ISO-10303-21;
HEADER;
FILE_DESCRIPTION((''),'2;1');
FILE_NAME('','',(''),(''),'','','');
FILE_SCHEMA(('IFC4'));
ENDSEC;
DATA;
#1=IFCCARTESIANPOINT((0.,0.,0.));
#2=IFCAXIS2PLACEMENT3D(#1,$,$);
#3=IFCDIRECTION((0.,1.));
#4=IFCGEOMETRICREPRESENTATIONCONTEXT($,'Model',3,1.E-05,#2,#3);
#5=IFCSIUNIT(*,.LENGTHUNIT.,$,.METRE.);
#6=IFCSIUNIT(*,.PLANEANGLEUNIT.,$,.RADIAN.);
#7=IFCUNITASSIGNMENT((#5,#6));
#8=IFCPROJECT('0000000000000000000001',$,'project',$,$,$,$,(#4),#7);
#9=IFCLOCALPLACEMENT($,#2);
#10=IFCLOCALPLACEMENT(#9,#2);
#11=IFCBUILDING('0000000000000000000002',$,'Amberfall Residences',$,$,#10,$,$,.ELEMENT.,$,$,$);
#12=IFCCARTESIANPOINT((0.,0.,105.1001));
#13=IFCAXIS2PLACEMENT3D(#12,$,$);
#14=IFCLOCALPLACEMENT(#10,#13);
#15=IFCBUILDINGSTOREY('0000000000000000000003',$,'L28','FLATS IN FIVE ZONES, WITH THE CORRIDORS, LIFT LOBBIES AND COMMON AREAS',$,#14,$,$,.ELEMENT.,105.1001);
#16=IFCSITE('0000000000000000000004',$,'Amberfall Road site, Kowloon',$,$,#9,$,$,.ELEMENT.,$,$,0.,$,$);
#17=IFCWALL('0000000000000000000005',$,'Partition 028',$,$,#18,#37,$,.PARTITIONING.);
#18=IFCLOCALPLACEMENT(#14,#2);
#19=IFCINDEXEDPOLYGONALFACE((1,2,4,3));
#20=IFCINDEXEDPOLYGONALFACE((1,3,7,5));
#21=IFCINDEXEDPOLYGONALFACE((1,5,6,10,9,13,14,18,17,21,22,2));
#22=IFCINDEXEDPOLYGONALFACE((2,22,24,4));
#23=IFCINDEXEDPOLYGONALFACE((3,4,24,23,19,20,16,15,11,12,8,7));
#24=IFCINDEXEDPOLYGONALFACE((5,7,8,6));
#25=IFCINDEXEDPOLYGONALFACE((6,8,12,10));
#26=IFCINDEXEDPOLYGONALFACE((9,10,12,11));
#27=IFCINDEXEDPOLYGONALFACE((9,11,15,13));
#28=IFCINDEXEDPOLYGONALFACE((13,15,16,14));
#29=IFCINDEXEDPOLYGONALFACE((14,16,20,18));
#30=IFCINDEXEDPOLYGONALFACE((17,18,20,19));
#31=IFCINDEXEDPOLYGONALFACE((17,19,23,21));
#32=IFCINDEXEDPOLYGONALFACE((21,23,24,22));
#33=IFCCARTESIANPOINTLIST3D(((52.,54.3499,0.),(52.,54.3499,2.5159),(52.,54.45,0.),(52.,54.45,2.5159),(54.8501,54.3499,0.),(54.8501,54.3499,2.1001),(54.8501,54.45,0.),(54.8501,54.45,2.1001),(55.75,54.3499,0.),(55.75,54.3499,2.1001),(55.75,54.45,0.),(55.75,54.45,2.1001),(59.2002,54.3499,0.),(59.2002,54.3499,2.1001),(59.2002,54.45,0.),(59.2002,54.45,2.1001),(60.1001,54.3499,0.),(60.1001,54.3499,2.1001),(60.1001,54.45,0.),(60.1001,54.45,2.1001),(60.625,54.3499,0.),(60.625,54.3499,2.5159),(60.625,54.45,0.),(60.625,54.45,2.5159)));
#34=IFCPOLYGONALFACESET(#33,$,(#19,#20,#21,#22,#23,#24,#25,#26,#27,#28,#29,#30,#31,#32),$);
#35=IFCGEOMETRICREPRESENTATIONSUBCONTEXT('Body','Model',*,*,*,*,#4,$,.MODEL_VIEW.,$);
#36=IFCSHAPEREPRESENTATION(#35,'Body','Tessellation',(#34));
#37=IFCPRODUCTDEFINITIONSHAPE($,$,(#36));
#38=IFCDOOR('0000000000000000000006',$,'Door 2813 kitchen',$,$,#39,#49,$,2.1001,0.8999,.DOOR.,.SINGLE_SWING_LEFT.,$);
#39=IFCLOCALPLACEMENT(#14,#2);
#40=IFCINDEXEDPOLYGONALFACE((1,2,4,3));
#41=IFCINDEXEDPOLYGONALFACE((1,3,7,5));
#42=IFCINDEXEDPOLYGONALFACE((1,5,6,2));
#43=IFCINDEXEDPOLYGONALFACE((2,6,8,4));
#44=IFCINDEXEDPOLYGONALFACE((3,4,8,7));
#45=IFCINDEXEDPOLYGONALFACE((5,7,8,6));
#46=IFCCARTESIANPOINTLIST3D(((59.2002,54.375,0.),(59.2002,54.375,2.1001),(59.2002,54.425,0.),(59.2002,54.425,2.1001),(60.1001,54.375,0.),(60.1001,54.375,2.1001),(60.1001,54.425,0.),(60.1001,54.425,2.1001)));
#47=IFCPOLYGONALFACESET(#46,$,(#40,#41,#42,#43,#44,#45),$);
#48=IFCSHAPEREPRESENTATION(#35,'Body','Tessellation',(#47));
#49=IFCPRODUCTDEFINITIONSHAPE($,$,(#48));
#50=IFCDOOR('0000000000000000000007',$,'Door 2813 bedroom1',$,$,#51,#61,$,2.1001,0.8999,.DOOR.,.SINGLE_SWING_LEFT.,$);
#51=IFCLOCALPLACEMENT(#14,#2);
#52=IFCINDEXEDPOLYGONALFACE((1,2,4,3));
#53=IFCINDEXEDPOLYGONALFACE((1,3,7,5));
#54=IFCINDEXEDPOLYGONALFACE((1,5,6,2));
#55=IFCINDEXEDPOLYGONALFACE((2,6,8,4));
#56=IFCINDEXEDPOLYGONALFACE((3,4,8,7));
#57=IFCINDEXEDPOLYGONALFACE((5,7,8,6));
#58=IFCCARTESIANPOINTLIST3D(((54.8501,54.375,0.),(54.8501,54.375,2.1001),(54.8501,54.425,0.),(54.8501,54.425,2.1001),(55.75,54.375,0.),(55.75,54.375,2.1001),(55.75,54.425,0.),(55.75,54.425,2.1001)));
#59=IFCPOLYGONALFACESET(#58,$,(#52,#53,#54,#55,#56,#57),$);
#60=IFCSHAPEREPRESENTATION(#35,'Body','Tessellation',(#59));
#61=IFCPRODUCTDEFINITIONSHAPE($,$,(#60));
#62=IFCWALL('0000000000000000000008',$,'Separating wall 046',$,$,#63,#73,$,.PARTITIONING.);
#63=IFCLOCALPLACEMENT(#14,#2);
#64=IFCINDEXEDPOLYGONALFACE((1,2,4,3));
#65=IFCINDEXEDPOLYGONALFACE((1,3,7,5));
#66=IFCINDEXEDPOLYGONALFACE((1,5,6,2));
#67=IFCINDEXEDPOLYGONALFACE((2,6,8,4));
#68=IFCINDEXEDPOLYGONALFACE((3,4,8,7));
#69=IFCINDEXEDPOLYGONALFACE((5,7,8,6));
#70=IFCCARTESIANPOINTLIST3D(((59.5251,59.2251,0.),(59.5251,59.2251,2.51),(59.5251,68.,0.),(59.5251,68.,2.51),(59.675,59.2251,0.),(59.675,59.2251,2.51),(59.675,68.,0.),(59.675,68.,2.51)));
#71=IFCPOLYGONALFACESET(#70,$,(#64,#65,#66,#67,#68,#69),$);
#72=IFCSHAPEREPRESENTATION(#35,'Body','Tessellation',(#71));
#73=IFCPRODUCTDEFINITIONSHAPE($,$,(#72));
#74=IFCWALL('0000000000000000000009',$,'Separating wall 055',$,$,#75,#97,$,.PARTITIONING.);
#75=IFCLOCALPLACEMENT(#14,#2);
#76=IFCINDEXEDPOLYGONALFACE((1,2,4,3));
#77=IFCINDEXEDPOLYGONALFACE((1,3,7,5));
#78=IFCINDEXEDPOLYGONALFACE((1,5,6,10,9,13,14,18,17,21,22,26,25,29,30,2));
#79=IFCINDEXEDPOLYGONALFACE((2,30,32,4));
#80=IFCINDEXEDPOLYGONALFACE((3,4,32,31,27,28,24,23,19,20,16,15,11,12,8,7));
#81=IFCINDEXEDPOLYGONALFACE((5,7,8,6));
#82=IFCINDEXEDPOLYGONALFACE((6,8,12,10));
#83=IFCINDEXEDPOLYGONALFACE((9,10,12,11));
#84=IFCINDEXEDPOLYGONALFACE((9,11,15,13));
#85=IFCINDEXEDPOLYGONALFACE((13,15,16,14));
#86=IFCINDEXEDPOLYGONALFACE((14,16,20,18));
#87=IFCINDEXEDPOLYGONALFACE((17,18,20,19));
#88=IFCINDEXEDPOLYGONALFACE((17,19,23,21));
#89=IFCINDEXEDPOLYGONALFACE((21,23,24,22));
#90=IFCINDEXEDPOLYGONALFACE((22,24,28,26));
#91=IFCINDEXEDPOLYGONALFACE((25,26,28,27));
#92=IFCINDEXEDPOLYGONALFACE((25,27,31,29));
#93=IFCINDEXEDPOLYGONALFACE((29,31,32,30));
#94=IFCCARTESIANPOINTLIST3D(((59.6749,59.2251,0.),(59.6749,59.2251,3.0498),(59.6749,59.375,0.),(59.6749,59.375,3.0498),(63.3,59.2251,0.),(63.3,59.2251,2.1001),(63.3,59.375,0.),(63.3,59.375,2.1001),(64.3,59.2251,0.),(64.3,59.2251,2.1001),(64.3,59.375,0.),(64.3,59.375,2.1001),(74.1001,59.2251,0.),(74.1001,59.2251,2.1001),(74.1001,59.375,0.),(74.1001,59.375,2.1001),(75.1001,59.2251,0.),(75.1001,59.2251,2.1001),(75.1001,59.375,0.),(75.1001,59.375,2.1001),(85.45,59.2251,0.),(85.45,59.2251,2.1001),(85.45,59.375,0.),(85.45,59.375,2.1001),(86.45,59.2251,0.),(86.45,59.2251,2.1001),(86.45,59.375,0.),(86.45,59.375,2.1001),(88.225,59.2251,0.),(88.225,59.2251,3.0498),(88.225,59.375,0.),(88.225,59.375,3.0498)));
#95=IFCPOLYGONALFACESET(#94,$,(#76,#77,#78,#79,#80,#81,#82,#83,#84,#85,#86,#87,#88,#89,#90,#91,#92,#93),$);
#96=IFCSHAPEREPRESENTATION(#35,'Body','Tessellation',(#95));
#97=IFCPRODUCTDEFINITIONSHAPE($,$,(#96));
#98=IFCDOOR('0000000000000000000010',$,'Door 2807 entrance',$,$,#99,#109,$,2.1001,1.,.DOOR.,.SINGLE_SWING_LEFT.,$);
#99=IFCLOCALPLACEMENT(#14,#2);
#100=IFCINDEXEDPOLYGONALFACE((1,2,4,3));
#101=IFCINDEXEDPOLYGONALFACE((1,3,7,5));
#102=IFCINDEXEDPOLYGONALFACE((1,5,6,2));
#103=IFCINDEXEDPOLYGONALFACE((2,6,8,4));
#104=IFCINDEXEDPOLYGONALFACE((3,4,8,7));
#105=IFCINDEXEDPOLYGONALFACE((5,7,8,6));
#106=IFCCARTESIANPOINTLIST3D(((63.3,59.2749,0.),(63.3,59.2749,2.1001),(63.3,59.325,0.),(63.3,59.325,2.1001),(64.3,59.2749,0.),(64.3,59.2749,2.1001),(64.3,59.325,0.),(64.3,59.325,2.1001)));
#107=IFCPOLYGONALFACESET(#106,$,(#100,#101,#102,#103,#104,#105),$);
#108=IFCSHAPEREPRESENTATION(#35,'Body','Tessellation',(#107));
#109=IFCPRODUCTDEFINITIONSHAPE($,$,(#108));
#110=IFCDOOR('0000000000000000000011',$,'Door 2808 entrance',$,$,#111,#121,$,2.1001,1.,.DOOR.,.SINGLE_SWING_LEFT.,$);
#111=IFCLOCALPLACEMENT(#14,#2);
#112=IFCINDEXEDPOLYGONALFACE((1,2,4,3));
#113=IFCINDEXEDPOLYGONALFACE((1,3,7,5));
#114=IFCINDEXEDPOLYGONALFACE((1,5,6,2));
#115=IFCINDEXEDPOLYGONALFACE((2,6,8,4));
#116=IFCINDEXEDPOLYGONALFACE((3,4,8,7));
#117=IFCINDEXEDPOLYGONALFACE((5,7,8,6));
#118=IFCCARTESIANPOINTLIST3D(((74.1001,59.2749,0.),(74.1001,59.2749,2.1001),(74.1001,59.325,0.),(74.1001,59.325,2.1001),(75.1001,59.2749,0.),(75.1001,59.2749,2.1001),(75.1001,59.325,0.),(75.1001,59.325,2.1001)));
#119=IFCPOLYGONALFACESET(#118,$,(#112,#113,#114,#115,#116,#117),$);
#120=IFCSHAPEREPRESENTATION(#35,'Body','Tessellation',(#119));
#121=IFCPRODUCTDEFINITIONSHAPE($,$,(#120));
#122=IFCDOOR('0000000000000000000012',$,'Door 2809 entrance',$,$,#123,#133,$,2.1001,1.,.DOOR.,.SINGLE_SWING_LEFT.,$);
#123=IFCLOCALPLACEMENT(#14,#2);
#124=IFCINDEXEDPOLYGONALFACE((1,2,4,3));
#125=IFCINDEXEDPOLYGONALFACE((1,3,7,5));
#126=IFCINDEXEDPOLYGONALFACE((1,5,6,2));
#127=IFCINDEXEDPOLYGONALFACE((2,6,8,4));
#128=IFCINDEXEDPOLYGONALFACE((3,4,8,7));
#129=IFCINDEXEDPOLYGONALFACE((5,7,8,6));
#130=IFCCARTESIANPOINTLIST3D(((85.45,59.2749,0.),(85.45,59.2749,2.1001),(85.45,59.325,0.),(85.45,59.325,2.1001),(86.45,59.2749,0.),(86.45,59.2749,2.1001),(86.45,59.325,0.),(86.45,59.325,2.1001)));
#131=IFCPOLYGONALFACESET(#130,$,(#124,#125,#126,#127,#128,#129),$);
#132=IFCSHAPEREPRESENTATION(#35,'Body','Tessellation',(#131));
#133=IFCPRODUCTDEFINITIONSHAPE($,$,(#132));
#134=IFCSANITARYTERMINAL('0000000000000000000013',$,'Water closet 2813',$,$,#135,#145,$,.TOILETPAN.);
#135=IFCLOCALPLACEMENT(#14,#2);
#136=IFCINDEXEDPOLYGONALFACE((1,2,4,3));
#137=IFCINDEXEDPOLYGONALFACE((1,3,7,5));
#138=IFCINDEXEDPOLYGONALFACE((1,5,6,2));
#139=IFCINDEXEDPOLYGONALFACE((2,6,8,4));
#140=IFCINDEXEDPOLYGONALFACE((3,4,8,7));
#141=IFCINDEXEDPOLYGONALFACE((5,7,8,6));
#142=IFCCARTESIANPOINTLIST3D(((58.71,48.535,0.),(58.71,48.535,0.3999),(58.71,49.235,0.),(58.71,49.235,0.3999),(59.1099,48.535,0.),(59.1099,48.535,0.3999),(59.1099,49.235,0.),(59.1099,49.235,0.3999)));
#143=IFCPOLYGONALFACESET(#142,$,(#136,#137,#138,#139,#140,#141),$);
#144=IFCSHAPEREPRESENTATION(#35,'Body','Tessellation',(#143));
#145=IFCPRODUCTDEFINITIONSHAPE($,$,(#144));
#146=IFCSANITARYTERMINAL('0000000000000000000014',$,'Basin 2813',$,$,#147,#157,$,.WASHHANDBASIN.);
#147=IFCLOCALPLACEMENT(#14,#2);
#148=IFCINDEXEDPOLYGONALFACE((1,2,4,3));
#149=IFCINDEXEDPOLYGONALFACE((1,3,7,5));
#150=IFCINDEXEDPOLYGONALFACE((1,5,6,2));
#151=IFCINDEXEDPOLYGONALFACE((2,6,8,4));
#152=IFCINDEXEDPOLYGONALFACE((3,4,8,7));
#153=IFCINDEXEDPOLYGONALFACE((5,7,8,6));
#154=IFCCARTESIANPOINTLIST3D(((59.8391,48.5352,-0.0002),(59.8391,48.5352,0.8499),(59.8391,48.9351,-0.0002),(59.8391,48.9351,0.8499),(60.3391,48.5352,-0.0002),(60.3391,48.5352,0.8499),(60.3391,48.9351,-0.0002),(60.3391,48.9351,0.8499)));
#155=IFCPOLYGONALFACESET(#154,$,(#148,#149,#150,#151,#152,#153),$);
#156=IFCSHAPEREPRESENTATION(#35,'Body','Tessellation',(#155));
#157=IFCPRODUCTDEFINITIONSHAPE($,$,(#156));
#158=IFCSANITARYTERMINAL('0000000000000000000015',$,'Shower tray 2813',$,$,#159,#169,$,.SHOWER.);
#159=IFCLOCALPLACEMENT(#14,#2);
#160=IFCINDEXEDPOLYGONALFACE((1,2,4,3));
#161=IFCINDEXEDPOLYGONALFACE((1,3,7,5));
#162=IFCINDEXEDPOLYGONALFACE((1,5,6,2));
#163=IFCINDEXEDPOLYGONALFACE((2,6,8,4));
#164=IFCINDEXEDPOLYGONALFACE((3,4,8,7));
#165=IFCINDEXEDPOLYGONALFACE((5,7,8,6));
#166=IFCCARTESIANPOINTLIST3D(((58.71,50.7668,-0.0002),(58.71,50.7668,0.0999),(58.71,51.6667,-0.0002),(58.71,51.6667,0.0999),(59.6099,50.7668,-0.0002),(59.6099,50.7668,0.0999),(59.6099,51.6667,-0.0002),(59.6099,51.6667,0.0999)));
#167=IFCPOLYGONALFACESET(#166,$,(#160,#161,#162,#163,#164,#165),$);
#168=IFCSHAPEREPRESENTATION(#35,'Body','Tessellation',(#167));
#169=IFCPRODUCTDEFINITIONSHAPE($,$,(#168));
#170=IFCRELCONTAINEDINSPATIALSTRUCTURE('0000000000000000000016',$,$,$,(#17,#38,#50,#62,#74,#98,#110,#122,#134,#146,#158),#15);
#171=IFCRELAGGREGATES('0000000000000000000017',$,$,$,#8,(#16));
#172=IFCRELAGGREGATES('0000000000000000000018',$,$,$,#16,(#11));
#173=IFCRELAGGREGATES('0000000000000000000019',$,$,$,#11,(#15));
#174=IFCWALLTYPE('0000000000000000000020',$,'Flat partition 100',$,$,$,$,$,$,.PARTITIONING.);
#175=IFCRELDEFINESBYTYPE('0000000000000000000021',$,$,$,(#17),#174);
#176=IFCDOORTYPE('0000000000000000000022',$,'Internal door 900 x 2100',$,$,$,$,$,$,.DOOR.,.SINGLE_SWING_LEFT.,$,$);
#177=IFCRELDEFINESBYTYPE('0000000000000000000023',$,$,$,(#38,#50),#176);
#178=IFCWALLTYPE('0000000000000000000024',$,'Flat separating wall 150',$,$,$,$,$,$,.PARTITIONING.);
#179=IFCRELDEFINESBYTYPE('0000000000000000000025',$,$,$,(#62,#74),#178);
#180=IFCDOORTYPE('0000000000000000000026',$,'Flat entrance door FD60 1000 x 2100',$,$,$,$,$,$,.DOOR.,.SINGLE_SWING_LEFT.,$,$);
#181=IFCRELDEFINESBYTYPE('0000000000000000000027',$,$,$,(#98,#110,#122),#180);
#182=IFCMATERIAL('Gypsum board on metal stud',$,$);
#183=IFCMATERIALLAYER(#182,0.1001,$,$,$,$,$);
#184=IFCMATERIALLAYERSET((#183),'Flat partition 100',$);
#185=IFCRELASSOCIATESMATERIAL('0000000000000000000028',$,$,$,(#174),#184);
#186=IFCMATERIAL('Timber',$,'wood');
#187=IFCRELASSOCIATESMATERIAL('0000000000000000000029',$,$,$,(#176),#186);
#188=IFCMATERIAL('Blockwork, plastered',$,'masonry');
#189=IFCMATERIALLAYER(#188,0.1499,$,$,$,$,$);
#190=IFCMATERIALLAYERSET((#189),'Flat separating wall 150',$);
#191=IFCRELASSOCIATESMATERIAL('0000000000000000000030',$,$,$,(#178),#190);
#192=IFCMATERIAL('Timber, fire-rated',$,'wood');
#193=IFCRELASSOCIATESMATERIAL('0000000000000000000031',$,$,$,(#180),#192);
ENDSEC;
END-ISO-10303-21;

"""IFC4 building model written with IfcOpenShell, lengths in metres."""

from ifc_helpers import new_model, si_unit, direction, frame, frame_2d, origin, origin_2d, place, context, subcontext, project, spatial, rectangle, extrude, material, layer, layer_set, type_object, element, fill, save


model = new_model("IFC4")

# Units and contexts
model_context = context("Model", 3, precision=1e-05, world=origin(), true_north=direction((0.0, 1.0)))
body_context = subcontext(model_context, "Body", "Model", "MODEL_VIEW")
ifc_project = project(units=[si_unit("LENGTHUNIT", "METRE"), si_unit("PLANEANGLEUNIT", "RADIAN")], contexts=[model_context])

# Site, building, storey
site_placement = place(None, origin())
site = spatial("IfcSite", under=ifc_project, at=site_placement, Name="Amberfall Road site, Kowloon", CompositionType="ELEMENT", RefElevation=0.0)
building_placement = place(site_placement, origin())
building = spatial("IfcBuilding", under=site, at=building_placement, Name="Amberfall Residences", CompositionType="ELEMENT")
storey_placement = place(building_placement, frame((0.0, 0.0, 105.1001)))
storey = spatial("IfcBuildingStorey", under=building, at=storey_placement, Name="L28", Description="FLATS IN FIVE ZONES, WITH THE CORRIDORS, LIFT LOBBIES AND COMMON AREAS", CompositionType="ELEMENT", Elevation=105.1001)

# Shared definitions
ifc_material_1 = material(Name="Gypsum board on metal stud")
ifc_layer_1 = layer(ifc_material_1, 0.1001)
ifc_layer_set_1 = layer_set([ifc_layer_1], Name="Flat partition 100")
wall_type_1 = type_object("IfcWallType", Name="Flat partition 100", PredefinedType="PARTITIONING", material=ifc_layer_set_1)
ifc_material_2 = material(Name="Timber", Category="wood")
door_type_1 = type_object("IfcDoorType", Name="Internal door 900 x 2100", OperationType="SINGLE_SWING_LEFT", PredefinedType="DOOR", material=ifc_material_2)

# Wall, openings, doors
wall_1_placement = place(storey_placement, frame((60.625, 54.3999, 0.0), z_axis=(0.0, 0.0, 1.0), x_axis=(-1.0, 0.0, 0.0)))
wall_1 = element("IfcWall", 1, at=wall_1_placement, inside=storey, type_object=wall_type_1, Name="Partition 028", PredefinedType="PARTITIONING", context=body_context, shape_type="SweptSolid", body=[
    extrude(rectangle(XDim=8.625, YDim=0.1001, at=frame_2d((4.3125, 0.0))), origin(), (0.0, 0.0, 1.0), 2.5159),
])
opening_1_placement = place(wall_1_placement, frame((0.5249, 0.0, 0.0)))
opening_1 = element("IfcOpeningElement", 2, at=opening_1_placement, cuts=wall_1, PredefinedType="OPENING", context=body_context, shape_type="SweptSolid", body=[
    extrude(rectangle(XDim=0.8999, YDim=2.1001, at=frame_2d((0.45, 1.05))), frame((0.0, 0.0601, 0.0), z_axis=(0.0, -1.0, 0.0), x_axis=(1.0, 0.0, 0.0)), (0.0, 0.0, 1.0), 0.1201),
])
opening_2_placement = place(wall_1_placement, frame((4.875, 0.0, 0.0)))
opening_2 = element("IfcOpeningElement", 3, at=opening_2_placement, cuts=wall_1, PredefinedType="OPENING", context=body_context, shape_type="SweptSolid", body=[
    extrude(rectangle(XDim=0.8999, YDim=2.1001, at=frame_2d((0.45, 1.05))), frame((0.0, 0.0601, 0.0), z_axis=(0.0, -1.0, 0.0), x_axis=(1.0, 0.0, 0.0)), (0.0, 0.0, 1.0), 0.1201),
])
door_1_placement = place(opening_1_placement, origin())
door_1 = element("IfcDoor", 4, at=door_1_placement, inside=storey, type_object=door_type_1, Name="Door 2813 kitchen", OperationType="SINGLE_SWING_LEFT", OverallHeight=2.1001, OverallWidth=0.8999, PredefinedType="DOOR", context=body_context, shape_type="SweptSolid", body=[
    extrude(rectangle(XDim=0.8999, YDim=2.1001, at=frame_2d((0.45, 1.05))), frame((0.0, 0.0249, 0.0), z_axis=(0.0, -1.0, 0.0), x_axis=(1.0, 0.0, 0.0)), (0.0, 0.0, 1.0), 0.05),
])
fill(opening_1, door_1)
door_2_placement = place(opening_2_placement, origin())
door_2 = element("IfcDoor", 5, at=door_2_placement, inside=storey, type_object=door_type_1, Name="Door 2813 bedroom1", OperationType="SINGLE_SWING_LEFT", OverallHeight=2.1001, OverallWidth=0.8999, PredefinedType="DOOR", context=body_context, shape_type="SweptSolid", body=[
    extrude(rectangle(XDim=0.8999, YDim=2.1001, at=frame_2d((0.45, 1.05))), frame((0.0, 0.0249, 0.0), z_axis=(0.0, -1.0, 0.0), x_axis=(1.0, 0.0, 0.0)), (0.0, 0.0, 1.0), 0.05),
])
fill(opening_2, door_2)

# Wall
ifc_material_3 = material(Name="Blockwork, plastered", Category="masonry")
ifc_layer_2 = layer(ifc_material_3, 0.1499)
ifc_layer_set_2 = layer_set([ifc_layer_2], Name="Flat separating wall 150")
wall_type_2 = type_object("IfcWallType", Name="Flat separating wall 150", PredefinedType="PARTITIONING", material=ifc_layer_set_2)
wall_2_placement = place(storey_placement, frame((59.6001, 59.2251, 0.0), z_axis=(0.0, 0.0, 1.0), x_axis=(0.0, 1.0, 0.0)))
element("IfcWall", 6, at=wall_2_placement, inside=storey, type_object=wall_type_2, Name="Separating wall 046", PredefinedType="PARTITIONING", context=body_context, shape_type="SweptSolid", body=[
    extrude(rectangle(XDim=8.7749, YDim=0.1499, at=frame_2d((4.3875, 0.0))), origin(), (0.0, 0.0, 1.0), 2.51),
])

# Wall, openings, doors
wall_3_placement = place(storey_placement, frame((59.675, 59.3, 0.0), z_axis=(0.0, 0.0, 1.0), x_axis=(1.0, 0.0, 0.0)))
wall_3 = element("IfcWall", 7, at=wall_3_placement, inside=storey, type_object=wall_type_2, Name="Separating wall 055", PredefinedType="PARTITIONING", context=body_context, shape_type="SweptSolid", body=[
    extrude(rectangle(XDim=28.55, YDim=0.1499, at=frame_2d((14.2749, 0.0))), origin(), (0.0, 0.0, 1.0), 3.0498),
])
opening_3_placement = place(wall_3_placement, frame((3.625, 0.0, 0.0)))
opening_3 = element("IfcOpeningElement", 8, at=opening_3_placement, cuts=wall_3, PredefinedType="OPENING", context=body_context, shape_type="SweptSolid", body=[
    extrude(rectangle(XDim=1.0, YDim=2.1001, at=frame_2d((0.5, 1.05))), frame((0.0, 0.085, 0.0), z_axis=(0.0, -1.0, 0.0), x_axis=(1.0, 0.0, 0.0)), (0.0, 0.0, 1.0), 0.1699),
])
opening_4_placement = place(wall_3_placement, frame((14.425, 0.0, 0.0)))
opening_4 = element("IfcOpeningElement", 9, at=opening_4_placement, cuts=wall_3, PredefinedType="OPENING", context=body_context, shape_type="SweptSolid", body=[
    extrude(rectangle(XDim=1.0, YDim=2.1001, at=frame_2d((0.5, 1.05))), frame((0.0, 0.085, 0.0), z_axis=(0.0, -1.0, 0.0), x_axis=(1.0, 0.0, 0.0)), (0.0, 0.0, 1.0), 0.1699),
])
opening_5_placement = place(wall_3_placement, frame((25.7749, 0.0, 0.0)))
opening_5 = element("IfcOpeningElement", 10, at=opening_5_placement, cuts=wall_3, PredefinedType="OPENING", context=body_context, shape_type="SweptSolid", body=[
    extrude(rectangle(XDim=1.0, YDim=2.1001, at=frame_2d((0.5, 1.05))), frame((0.0, 0.085, 0.0), z_axis=(0.0, -1.0, 0.0), x_axis=(1.0, 0.0, 0.0)), (0.0, 0.0, 1.0), 0.1699),
])
ifc_material_4 = material(Name="Timber, fire-rated", Category="wood")
door_type_2 = type_object("IfcDoorType", Name="Flat entrance door FD60 1000 x 2100", OperationType="SINGLE_SWING_LEFT", PredefinedType="DOOR", material=ifc_material_4)
door_3_placement = place(opening_3_placement, origin())
door_3 = element("IfcDoor", 11, at=door_3_placement, inside=storey, type_object=door_type_2, Name="Door 2807 entrance", OperationType="SINGLE_SWING_LEFT", OverallHeight=2.1001, OverallWidth=1.0, PredefinedType="DOOR", context=body_context, shape_type="SweptSolid", body=[
    extrude(rectangle(XDim=1.0, YDim=2.1001, at=frame_2d((0.5, 1.05))), frame((0.0, 0.0249, 0.0), z_axis=(0.0, -1.0, 0.0), x_axis=(1.0, 0.0, 0.0)), (0.0, 0.0, 1.0), 0.05),
])
fill(opening_3, door_3)
door_4_placement = place(opening_4_placement, origin())
door_4 = element("IfcDoor", 12, at=door_4_placement, inside=storey, type_object=door_type_2, Name="Door 2808 entrance", OperationType="SINGLE_SWING_LEFT", OverallHeight=2.1001, OverallWidth=1.0, PredefinedType="DOOR", context=body_context, shape_type="SweptSolid", body=[
    extrude(rectangle(XDim=1.0, YDim=2.1001, at=frame_2d((0.5, 1.05))), frame((0.0, 0.0249, 0.0), z_axis=(0.0, -1.0, 0.0), x_axis=(1.0, 0.0, 0.0)), (0.0, 0.0, 1.0), 0.05),
])
fill(opening_4, door_4)
door_5_placement = place(opening_5_placement, origin())
door_5 = element("IfcDoor", 13, at=door_5_placement, inside=storey, type_object=door_type_2, Name="Door 2809 entrance", OperationType="SINGLE_SWING_LEFT", OverallHeight=2.1001, OverallWidth=1.0, PredefinedType="DOOR", context=body_context, shape_type="SweptSolid", body=[
    extrude(rectangle(XDim=1.0, YDim=2.1001, at=frame_2d((0.5, 1.05))), frame((0.0, 0.0249, 0.0), z_axis=(0.0, -1.0, 0.0), x_axis=(1.0, 0.0, 0.0)), (0.0, 0.0, 1.0), 0.05),
])
fill(opening_5, door_5)

# Sanitary terminals
sanitary_terminal_1_placement = place(storey_placement, frame((58.9099, 48.885, 0.0), z_axis=(0.0, 0.0, 1.0), x_axis=(1.0, 0.0, 0.0)))
element("IfcSanitaryTerminal", 14, at=sanitary_terminal_1_placement, inside=storey, Name="Water closet 2813", PredefinedType="TOILETPAN", context=body_context, shape_type="SweptSolid", body=[
    extrude(rectangle(XDim=0.3999, YDim=0.7, at=origin_2d()), origin(), (0.0, 0.0, 1.0), 0.3999),
])
sanitary_terminal_2_placement = place(storey_placement, frame((60.0891, 48.7351, -0.0002), z_axis=(0.0, 0.0, 1.0), x_axis=(1.0, 0.0, 0.0)))
element("IfcSanitaryTerminal", 15, at=sanitary_terminal_2_placement, inside=storey, Name="Basin 2813", PredefinedType="WASHHANDBASIN", context=body_context, shape_type="SweptSolid", body=[
    extrude(rectangle(XDim=0.5, YDim=0.3999, at=origin_2d()), origin(), (0.0, 0.0, 1.0), 0.8501),
])
sanitary_terminal_3_placement = place(storey_placement, frame((59.1599, 51.2168, -0.0002), z_axis=(0.0, 0.0, 1.0), x_axis=(1.0, 0.0, 0.0)))
element("IfcSanitaryTerminal", 16, at=sanitary_terminal_3_placement, inside=storey, Name="Shower tray 2813", PredefinedType="SHOWER", context=body_context, shape_type="SweptSolid", body=[
    extrude(rectangle(XDim=0.8999, YDim=0.8999, at=origin_2d()), origin(), (0.0, 0.0, 1.0), 0.1001),
])

save(model, "model.ifc")
